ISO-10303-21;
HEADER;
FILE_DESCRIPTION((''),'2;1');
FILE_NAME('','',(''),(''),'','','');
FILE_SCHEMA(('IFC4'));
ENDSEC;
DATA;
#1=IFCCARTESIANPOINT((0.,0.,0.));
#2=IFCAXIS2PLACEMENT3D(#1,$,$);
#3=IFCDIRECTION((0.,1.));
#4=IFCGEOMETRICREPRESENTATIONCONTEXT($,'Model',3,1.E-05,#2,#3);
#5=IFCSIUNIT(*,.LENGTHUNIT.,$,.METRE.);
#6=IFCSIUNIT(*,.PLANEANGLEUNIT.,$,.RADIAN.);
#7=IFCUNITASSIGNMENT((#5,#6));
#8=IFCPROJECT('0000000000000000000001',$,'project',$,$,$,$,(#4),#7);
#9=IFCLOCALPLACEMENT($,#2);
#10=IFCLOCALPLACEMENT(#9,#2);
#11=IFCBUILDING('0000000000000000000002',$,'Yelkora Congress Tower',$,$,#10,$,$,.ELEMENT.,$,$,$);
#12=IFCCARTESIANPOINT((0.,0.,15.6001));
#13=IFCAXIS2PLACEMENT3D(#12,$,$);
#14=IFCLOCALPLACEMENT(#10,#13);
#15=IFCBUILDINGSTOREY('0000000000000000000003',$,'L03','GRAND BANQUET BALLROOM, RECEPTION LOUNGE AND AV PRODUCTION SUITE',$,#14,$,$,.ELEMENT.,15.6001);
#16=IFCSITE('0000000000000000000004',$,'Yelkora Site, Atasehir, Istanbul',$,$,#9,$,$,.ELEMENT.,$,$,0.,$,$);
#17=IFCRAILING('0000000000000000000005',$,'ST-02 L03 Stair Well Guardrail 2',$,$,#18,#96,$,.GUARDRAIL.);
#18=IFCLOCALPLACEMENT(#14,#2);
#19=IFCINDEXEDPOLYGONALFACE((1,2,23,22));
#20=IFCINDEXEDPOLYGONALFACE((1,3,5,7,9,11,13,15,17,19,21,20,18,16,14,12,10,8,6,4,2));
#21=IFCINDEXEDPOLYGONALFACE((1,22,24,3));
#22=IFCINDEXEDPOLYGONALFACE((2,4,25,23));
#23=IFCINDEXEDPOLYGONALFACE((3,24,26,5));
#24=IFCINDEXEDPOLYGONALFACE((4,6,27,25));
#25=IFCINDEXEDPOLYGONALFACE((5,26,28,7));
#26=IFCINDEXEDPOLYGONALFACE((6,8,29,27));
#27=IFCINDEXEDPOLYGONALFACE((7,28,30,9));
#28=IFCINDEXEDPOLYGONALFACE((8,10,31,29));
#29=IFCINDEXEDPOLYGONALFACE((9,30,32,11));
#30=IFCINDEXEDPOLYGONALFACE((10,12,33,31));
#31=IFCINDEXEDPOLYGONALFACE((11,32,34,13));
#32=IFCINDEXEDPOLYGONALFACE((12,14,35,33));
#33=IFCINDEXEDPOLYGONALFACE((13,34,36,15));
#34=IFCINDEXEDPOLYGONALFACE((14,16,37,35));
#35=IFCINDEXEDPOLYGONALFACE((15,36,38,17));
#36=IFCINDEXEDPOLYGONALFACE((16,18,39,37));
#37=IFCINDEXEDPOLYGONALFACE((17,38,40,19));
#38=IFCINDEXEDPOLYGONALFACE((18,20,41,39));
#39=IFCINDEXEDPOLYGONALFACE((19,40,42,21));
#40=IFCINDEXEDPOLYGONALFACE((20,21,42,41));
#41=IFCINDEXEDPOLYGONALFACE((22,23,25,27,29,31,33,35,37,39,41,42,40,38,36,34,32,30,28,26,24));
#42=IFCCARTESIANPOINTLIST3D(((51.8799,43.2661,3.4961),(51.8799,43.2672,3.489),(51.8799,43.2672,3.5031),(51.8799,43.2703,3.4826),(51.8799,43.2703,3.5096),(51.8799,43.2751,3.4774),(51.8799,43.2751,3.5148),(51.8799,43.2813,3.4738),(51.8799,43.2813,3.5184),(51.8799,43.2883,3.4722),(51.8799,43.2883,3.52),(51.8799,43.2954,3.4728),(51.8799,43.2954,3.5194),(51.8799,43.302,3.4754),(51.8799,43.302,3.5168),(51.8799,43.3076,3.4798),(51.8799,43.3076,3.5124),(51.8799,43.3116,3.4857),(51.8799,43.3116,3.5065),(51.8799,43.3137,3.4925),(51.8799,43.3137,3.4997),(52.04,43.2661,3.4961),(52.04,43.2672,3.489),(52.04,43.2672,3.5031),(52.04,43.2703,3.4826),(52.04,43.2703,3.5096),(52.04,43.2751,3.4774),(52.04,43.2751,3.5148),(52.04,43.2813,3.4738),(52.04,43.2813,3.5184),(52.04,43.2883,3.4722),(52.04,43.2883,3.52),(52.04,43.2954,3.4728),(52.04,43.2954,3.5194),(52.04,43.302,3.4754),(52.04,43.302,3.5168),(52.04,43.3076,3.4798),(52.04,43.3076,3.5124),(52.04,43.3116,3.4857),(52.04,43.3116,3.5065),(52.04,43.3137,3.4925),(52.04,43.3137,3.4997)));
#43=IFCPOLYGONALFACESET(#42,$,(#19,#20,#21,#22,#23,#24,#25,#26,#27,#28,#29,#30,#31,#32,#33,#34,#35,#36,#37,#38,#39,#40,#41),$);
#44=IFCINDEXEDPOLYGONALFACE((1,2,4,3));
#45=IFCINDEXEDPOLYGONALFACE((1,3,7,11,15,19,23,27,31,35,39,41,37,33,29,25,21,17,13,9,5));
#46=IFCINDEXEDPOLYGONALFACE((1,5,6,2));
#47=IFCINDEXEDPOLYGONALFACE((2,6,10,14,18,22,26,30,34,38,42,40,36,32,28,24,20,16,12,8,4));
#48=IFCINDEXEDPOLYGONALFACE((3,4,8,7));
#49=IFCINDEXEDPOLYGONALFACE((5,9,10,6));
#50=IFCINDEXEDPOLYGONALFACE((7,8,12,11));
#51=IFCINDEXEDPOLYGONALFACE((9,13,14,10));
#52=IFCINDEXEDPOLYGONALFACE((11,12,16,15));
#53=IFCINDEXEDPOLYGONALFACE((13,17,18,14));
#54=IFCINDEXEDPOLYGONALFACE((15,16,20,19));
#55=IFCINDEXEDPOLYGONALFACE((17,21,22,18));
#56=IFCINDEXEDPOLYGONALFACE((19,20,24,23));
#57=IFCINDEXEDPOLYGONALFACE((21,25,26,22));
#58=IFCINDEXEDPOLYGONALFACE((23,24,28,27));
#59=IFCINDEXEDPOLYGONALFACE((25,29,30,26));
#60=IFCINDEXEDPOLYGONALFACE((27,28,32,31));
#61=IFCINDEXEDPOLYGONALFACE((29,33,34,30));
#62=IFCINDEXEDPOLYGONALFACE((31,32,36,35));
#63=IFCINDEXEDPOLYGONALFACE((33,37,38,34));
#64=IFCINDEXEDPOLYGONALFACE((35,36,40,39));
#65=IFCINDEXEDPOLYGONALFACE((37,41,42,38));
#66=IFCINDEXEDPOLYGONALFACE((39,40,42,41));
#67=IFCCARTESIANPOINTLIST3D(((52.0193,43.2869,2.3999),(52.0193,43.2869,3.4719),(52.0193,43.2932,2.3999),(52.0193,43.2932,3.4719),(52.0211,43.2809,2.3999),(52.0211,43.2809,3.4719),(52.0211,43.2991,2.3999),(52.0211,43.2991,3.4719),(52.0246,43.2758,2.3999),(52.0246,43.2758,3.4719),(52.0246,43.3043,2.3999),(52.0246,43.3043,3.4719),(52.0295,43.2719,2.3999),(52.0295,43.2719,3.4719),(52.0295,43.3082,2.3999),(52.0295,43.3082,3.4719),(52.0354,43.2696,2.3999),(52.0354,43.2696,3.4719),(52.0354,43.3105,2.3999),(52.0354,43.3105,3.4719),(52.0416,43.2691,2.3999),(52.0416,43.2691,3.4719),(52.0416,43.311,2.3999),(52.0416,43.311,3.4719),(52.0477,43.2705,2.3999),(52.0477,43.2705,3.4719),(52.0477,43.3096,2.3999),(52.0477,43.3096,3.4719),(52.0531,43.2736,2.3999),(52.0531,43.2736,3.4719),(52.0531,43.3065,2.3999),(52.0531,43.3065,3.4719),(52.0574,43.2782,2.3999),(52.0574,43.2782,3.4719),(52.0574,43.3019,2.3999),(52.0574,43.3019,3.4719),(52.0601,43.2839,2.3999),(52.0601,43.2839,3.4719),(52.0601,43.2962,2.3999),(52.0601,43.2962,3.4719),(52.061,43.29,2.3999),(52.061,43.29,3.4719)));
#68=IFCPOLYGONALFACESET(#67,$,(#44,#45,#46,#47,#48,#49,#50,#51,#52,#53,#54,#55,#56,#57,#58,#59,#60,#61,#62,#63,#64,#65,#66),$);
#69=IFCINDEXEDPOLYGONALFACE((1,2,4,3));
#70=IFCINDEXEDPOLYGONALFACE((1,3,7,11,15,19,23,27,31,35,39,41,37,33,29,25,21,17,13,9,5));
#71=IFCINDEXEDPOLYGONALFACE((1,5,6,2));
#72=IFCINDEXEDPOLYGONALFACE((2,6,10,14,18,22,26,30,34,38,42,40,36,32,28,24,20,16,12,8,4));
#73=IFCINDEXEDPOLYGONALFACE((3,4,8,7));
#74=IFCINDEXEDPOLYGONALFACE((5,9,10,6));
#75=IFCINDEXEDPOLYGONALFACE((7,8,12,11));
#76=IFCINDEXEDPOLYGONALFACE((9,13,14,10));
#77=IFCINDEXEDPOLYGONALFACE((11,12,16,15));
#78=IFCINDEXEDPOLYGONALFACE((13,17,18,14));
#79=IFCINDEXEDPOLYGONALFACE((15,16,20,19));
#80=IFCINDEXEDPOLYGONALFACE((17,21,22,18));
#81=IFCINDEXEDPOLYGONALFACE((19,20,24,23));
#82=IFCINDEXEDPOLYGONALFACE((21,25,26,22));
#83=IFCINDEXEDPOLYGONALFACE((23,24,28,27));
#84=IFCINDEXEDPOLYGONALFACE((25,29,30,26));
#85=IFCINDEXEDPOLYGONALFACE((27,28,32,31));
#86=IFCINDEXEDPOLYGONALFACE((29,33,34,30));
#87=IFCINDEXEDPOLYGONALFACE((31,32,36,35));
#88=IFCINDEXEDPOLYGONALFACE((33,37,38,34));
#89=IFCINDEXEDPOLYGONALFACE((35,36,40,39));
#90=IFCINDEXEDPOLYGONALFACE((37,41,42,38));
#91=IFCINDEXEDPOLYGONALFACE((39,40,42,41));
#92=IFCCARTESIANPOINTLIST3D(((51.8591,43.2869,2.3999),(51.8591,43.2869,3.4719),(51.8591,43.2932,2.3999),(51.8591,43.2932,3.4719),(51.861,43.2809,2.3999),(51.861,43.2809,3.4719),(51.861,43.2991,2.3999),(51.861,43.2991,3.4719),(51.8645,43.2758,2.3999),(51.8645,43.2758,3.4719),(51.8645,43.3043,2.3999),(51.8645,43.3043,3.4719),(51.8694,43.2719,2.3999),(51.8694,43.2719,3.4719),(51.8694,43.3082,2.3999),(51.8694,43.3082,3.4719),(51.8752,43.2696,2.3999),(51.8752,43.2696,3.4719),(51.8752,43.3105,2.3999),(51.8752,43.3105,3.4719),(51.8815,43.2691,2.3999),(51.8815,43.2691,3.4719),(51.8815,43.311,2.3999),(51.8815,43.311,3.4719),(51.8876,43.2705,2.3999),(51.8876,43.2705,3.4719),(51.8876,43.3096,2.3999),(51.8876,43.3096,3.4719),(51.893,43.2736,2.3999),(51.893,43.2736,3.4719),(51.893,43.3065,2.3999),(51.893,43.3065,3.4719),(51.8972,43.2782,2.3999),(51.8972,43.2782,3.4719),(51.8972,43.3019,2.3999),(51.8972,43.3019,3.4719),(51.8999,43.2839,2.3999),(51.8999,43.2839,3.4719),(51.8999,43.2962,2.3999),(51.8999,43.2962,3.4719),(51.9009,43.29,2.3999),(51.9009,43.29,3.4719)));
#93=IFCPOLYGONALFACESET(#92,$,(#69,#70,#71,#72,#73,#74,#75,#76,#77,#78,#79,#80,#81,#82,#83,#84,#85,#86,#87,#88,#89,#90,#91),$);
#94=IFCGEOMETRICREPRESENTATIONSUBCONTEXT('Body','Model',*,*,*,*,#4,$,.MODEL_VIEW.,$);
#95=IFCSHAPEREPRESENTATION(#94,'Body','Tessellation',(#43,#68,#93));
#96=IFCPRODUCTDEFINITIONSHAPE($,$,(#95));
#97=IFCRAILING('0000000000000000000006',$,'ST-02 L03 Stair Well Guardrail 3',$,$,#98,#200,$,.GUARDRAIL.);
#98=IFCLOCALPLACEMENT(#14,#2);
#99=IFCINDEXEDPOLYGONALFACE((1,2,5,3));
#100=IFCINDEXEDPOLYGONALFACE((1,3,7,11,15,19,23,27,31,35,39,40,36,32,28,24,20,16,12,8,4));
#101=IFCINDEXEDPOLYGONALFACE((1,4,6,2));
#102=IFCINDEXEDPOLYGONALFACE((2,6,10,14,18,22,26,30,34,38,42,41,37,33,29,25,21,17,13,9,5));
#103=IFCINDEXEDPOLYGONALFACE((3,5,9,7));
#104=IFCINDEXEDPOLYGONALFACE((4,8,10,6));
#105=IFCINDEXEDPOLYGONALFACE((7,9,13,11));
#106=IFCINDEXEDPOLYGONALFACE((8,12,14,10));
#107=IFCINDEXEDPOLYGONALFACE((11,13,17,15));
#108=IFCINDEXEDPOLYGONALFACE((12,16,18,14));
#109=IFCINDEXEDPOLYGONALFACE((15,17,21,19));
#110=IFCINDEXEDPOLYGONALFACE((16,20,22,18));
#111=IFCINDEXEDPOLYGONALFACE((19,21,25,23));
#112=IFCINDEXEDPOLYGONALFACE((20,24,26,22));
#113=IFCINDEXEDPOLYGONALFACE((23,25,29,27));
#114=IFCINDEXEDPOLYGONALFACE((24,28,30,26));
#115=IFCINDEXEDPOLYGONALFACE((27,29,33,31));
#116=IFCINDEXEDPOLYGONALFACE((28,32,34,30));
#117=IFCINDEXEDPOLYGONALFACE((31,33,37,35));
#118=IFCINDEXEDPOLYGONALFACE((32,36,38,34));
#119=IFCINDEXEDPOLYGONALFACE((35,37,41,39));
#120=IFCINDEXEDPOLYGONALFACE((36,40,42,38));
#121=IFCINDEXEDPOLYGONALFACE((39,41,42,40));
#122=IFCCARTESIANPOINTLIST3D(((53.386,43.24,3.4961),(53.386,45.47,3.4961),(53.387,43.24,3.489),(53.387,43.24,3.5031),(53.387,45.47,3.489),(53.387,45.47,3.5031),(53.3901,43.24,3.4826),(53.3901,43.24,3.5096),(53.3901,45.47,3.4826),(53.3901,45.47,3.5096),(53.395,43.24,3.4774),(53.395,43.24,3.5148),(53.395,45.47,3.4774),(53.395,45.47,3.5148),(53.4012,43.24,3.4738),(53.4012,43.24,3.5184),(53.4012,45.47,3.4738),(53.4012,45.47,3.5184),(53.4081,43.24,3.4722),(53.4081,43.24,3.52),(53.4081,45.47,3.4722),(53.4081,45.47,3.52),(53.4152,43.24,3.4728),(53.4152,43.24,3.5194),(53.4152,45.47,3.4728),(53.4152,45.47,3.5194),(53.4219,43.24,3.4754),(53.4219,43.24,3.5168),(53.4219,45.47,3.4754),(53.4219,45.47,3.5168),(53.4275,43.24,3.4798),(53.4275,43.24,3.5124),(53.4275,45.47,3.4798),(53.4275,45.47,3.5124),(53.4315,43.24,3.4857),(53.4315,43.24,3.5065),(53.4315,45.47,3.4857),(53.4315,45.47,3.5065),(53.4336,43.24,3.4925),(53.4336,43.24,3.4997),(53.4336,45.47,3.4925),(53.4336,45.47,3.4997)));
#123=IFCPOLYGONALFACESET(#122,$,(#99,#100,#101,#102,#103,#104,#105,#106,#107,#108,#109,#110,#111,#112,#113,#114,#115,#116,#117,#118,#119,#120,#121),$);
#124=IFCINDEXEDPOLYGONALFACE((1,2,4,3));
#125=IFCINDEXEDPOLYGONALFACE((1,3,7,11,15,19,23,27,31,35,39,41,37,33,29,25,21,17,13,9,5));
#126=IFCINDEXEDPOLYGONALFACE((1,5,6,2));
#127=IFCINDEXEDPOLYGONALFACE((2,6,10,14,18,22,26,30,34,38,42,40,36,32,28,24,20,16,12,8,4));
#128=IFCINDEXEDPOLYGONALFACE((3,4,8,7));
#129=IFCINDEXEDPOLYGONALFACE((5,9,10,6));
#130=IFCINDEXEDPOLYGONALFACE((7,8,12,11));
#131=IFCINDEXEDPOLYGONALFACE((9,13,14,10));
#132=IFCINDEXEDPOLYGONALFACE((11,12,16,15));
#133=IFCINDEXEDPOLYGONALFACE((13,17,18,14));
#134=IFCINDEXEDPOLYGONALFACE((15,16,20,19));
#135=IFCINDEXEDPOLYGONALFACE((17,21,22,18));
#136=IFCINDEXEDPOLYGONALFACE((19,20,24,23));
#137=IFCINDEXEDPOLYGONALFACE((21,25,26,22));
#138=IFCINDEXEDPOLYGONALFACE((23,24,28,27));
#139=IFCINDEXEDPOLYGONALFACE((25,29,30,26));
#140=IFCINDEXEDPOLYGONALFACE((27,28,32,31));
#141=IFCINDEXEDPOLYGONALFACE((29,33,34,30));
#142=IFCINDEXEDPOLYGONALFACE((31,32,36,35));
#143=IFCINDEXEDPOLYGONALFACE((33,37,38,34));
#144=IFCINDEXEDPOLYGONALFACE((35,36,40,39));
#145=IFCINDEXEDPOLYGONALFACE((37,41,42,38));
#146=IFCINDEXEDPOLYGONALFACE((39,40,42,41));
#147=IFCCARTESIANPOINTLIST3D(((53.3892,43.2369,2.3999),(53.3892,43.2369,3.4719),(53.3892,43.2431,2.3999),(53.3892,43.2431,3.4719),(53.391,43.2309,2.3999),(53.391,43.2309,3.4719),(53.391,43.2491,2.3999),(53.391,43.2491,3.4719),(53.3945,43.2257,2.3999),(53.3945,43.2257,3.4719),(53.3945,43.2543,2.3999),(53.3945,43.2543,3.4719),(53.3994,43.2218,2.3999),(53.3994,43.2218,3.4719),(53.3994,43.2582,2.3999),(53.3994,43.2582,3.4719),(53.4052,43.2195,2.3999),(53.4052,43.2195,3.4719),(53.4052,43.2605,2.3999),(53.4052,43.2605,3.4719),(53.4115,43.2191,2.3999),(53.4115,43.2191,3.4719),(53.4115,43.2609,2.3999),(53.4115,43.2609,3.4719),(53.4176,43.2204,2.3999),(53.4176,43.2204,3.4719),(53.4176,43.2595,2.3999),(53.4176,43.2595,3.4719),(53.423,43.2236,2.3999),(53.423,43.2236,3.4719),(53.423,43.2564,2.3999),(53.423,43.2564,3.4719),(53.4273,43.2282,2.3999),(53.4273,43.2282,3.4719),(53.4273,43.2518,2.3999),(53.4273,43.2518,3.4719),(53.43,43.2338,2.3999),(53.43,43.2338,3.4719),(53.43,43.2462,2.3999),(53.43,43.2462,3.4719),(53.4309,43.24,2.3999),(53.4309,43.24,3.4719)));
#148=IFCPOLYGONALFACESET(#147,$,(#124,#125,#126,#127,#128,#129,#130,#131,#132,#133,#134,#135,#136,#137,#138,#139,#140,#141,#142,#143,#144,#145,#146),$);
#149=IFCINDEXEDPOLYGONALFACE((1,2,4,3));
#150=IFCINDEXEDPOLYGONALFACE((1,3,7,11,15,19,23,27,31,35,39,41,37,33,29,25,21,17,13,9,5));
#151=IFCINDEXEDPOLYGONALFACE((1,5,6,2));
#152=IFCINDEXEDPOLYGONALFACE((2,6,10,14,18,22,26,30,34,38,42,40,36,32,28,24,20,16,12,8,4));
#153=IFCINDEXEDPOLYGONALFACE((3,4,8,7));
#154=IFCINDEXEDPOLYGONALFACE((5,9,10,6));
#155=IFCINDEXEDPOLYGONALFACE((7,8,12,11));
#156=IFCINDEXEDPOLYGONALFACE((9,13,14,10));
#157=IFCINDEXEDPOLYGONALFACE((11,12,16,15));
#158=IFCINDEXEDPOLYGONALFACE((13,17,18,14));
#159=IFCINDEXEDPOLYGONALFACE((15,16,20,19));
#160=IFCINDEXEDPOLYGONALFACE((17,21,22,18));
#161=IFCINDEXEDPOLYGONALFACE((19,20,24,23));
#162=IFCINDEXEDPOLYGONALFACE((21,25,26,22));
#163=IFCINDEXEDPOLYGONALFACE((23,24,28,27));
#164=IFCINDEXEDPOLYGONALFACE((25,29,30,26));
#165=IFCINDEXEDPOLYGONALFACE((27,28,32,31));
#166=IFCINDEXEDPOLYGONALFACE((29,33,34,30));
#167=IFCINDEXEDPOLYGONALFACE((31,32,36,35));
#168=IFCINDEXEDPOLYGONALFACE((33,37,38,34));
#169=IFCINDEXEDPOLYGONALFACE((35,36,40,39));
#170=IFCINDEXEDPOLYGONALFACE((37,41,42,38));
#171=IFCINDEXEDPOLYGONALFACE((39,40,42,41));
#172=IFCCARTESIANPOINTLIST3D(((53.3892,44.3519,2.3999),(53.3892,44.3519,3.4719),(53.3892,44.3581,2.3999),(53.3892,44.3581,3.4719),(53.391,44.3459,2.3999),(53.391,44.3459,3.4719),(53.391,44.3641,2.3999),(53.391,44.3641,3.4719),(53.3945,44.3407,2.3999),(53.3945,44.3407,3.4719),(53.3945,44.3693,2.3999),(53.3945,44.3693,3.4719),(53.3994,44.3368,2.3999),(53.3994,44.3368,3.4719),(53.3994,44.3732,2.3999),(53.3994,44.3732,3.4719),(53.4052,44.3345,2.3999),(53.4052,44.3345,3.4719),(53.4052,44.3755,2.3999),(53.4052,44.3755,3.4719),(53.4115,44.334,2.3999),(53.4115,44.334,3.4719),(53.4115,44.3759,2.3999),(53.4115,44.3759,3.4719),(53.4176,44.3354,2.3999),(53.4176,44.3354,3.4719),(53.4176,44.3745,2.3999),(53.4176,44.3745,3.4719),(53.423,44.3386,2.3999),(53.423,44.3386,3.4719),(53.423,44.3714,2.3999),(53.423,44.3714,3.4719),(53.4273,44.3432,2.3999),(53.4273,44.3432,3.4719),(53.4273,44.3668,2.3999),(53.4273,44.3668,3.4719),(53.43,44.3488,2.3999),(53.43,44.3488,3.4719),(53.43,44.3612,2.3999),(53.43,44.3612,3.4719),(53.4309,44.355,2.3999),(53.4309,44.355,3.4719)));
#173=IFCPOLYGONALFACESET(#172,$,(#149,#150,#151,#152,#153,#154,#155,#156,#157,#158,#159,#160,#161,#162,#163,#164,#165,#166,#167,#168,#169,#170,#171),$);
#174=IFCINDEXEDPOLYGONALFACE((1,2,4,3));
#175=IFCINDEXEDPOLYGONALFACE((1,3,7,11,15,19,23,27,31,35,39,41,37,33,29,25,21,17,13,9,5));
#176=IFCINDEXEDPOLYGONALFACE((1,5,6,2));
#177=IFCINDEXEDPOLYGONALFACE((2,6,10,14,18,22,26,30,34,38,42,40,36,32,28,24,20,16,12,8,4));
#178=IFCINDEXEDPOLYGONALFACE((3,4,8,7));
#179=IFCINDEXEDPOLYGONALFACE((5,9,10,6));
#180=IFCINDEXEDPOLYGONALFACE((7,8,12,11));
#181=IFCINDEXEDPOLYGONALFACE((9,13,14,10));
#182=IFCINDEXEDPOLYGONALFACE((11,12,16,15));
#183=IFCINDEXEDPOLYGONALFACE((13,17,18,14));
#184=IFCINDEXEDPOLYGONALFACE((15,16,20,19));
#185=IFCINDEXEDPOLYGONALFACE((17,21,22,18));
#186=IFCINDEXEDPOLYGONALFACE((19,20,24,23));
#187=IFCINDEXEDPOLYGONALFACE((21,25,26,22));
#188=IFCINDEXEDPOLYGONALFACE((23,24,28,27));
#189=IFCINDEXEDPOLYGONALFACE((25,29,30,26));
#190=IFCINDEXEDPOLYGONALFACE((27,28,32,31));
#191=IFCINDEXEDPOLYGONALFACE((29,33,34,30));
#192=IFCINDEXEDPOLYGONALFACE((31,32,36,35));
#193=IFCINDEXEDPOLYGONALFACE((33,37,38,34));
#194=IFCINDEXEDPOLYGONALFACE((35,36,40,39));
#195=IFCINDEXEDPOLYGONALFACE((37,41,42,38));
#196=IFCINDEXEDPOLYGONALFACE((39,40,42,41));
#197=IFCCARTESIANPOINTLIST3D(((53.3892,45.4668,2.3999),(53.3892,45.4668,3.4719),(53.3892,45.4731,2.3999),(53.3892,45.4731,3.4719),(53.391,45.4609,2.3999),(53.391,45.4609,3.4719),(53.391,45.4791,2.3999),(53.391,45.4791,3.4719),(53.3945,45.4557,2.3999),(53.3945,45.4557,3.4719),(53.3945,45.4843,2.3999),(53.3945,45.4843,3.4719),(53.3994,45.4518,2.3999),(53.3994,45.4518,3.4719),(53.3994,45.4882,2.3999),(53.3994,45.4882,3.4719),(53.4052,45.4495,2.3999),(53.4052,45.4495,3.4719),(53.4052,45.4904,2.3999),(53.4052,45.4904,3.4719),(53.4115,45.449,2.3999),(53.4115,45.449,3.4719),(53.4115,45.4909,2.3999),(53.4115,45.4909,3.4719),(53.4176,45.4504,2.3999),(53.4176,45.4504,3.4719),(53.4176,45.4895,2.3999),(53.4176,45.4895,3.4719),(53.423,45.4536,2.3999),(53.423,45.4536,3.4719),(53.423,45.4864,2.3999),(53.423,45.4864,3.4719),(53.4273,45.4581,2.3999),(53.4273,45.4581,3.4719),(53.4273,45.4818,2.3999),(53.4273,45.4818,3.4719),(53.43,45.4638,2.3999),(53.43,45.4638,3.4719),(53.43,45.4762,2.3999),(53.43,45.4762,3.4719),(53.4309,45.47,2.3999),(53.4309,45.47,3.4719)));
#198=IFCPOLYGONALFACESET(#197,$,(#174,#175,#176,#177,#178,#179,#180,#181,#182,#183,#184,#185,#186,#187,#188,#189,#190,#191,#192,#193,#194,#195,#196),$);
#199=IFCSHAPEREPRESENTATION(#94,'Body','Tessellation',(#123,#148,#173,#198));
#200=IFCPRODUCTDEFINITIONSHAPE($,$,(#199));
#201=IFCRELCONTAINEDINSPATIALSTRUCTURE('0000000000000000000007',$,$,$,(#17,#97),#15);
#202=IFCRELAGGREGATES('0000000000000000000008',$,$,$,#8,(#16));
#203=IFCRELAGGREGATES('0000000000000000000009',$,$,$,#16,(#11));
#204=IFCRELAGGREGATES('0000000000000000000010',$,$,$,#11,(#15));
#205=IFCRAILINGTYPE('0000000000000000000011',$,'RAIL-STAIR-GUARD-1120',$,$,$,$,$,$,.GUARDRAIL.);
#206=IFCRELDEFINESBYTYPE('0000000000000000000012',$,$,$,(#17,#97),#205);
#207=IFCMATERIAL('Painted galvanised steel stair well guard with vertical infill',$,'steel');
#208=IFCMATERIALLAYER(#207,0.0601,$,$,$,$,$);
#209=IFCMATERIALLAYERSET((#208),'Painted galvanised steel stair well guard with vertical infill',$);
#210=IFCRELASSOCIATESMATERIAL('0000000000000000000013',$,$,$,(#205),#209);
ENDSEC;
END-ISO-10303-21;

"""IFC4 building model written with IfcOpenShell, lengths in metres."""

from ifc_helpers import new_model, si_unit, direction, frame, origin, origin_2d, place, context, subcontext, project, spatial, circle, extrude, material, layer, layer_set, type_object, element, save


model = new_model("IFC4")

# Units and contexts
model_context = context("Model", 3, precision=1e-05, world=origin(), true_north=direction((0.0, 1.0)))
body_context = subcontext(model_context, "Body", "Model", "MODEL_VIEW")
ifc_project = project(units=[si_unit("LENGTHUNIT", "METRE"), si_unit("PLANEANGLEUNIT", "RADIAN")], contexts=[model_context])

# Site, building, storey
site_placement = place(None, origin())
site = spatial("IfcSite", under=ifc_project, at=site_placement, Name="Yelkora Site, Atasehir, Istanbul", CompositionType="ELEMENT", RefElevation=0.0)
building_placement = place(site_placement, origin())
building = spatial("IfcBuilding", under=site, at=building_placement, Name="Yelkora Congress Tower", CompositionType="ELEMENT")
storey_placement = place(building_placement, frame((0.0, 0.0, 15.6001)))
storey = spatial("IfcBuildingStorey", under=building, at=storey_placement, Name="L03", Description="GRAND BANQUET BALLROOM, RECEPTION LOUNGE AND AV PRODUCTION SUITE", CompositionType="ELEMENT", Elevation=15.6001)

# Railings
ifc_material_1 = material(Name="Painted galvanised steel stair well guard with vertical infill", Category="steel")
ifc_layer_1 = layer(ifc_material_1, 0.0601)
ifc_layer_set_1 = layer_set([ifc_layer_1], Name="Painted galvanised steel stair well guard with vertical infill")
railing_type_1 = type_object("IfcRailingType", Name="RAIL-STAIR-GUARD-1120", PredefinedType="GUARDRAIL", material=ifc_layer_set_1)
railing_1_placement = place(storey_placement, frame((52.04, 43.29, 2.3999)))
element("IfcRailing", 1, at=railing_1_placement, inside=storey, type_object=railing_type_1, Name="ST-02 L03 Stair Well Guardrail 2", PredefinedType="GUARDRAIL", context=body_context, shape_type="SweptSolid", body=[
    extrude(circle(Radius=0.0239, at=origin_2d()), frame((0.0, 0.0, 1.0962), z_axis=(-1.0, 0.0, 0.0), x_axis=(0.0, -1.0, 0.0)), (0.0, 0.0, 1.0), 0.1602),
    extrude(circle(Radius=0.021, at=origin_2d()), origin(), (0.0, 0.0, 1.0), 1.072),
    extrude(circle(Radius=0.021, at=origin_2d()), frame((-0.1602, 0.0, 0.0)), (0.0, 0.0, 1.0), 1.072),
])
for number, where, name in (
    (2, (53.4099, 43.24, 2.3999), "ST-02 L03 Stair Well Guardrail 3"),
):
    element("IfcRailing", number, at=place(storey_placement, frame(where)), inside=storey, type_object=railing_type_1, Name=name, PredefinedType="GUARDRAIL", context=body_context, shape_type="SweptSolid", body=[
        extrude(circle(Radius=0.0239, at=origin_2d()), frame((0.0, 0.0, 1.0962), z_axis=(0.0, 1.0, 0.0), x_axis=(-1.0, 0.0, 0.0)), (0.0, 0.0, 1.0), 2.23),
        extrude(circle(Radius=0.021, at=origin_2d()), origin(), (0.0, 0.0, 1.0), 1.072),
        extrude(circle(Radius=0.021, at=origin_2d()), frame((0.0, 1.115, 0.0)), (0.0, 0.0, 1.0), 1.072),
        extrude(circle(Radius=0.021, at=origin_2d()), frame((0.0, 2.23, 0.0)), (0.0, 0.0, 1.0), 1.072),
    ])

save(model, "model.ifc")
